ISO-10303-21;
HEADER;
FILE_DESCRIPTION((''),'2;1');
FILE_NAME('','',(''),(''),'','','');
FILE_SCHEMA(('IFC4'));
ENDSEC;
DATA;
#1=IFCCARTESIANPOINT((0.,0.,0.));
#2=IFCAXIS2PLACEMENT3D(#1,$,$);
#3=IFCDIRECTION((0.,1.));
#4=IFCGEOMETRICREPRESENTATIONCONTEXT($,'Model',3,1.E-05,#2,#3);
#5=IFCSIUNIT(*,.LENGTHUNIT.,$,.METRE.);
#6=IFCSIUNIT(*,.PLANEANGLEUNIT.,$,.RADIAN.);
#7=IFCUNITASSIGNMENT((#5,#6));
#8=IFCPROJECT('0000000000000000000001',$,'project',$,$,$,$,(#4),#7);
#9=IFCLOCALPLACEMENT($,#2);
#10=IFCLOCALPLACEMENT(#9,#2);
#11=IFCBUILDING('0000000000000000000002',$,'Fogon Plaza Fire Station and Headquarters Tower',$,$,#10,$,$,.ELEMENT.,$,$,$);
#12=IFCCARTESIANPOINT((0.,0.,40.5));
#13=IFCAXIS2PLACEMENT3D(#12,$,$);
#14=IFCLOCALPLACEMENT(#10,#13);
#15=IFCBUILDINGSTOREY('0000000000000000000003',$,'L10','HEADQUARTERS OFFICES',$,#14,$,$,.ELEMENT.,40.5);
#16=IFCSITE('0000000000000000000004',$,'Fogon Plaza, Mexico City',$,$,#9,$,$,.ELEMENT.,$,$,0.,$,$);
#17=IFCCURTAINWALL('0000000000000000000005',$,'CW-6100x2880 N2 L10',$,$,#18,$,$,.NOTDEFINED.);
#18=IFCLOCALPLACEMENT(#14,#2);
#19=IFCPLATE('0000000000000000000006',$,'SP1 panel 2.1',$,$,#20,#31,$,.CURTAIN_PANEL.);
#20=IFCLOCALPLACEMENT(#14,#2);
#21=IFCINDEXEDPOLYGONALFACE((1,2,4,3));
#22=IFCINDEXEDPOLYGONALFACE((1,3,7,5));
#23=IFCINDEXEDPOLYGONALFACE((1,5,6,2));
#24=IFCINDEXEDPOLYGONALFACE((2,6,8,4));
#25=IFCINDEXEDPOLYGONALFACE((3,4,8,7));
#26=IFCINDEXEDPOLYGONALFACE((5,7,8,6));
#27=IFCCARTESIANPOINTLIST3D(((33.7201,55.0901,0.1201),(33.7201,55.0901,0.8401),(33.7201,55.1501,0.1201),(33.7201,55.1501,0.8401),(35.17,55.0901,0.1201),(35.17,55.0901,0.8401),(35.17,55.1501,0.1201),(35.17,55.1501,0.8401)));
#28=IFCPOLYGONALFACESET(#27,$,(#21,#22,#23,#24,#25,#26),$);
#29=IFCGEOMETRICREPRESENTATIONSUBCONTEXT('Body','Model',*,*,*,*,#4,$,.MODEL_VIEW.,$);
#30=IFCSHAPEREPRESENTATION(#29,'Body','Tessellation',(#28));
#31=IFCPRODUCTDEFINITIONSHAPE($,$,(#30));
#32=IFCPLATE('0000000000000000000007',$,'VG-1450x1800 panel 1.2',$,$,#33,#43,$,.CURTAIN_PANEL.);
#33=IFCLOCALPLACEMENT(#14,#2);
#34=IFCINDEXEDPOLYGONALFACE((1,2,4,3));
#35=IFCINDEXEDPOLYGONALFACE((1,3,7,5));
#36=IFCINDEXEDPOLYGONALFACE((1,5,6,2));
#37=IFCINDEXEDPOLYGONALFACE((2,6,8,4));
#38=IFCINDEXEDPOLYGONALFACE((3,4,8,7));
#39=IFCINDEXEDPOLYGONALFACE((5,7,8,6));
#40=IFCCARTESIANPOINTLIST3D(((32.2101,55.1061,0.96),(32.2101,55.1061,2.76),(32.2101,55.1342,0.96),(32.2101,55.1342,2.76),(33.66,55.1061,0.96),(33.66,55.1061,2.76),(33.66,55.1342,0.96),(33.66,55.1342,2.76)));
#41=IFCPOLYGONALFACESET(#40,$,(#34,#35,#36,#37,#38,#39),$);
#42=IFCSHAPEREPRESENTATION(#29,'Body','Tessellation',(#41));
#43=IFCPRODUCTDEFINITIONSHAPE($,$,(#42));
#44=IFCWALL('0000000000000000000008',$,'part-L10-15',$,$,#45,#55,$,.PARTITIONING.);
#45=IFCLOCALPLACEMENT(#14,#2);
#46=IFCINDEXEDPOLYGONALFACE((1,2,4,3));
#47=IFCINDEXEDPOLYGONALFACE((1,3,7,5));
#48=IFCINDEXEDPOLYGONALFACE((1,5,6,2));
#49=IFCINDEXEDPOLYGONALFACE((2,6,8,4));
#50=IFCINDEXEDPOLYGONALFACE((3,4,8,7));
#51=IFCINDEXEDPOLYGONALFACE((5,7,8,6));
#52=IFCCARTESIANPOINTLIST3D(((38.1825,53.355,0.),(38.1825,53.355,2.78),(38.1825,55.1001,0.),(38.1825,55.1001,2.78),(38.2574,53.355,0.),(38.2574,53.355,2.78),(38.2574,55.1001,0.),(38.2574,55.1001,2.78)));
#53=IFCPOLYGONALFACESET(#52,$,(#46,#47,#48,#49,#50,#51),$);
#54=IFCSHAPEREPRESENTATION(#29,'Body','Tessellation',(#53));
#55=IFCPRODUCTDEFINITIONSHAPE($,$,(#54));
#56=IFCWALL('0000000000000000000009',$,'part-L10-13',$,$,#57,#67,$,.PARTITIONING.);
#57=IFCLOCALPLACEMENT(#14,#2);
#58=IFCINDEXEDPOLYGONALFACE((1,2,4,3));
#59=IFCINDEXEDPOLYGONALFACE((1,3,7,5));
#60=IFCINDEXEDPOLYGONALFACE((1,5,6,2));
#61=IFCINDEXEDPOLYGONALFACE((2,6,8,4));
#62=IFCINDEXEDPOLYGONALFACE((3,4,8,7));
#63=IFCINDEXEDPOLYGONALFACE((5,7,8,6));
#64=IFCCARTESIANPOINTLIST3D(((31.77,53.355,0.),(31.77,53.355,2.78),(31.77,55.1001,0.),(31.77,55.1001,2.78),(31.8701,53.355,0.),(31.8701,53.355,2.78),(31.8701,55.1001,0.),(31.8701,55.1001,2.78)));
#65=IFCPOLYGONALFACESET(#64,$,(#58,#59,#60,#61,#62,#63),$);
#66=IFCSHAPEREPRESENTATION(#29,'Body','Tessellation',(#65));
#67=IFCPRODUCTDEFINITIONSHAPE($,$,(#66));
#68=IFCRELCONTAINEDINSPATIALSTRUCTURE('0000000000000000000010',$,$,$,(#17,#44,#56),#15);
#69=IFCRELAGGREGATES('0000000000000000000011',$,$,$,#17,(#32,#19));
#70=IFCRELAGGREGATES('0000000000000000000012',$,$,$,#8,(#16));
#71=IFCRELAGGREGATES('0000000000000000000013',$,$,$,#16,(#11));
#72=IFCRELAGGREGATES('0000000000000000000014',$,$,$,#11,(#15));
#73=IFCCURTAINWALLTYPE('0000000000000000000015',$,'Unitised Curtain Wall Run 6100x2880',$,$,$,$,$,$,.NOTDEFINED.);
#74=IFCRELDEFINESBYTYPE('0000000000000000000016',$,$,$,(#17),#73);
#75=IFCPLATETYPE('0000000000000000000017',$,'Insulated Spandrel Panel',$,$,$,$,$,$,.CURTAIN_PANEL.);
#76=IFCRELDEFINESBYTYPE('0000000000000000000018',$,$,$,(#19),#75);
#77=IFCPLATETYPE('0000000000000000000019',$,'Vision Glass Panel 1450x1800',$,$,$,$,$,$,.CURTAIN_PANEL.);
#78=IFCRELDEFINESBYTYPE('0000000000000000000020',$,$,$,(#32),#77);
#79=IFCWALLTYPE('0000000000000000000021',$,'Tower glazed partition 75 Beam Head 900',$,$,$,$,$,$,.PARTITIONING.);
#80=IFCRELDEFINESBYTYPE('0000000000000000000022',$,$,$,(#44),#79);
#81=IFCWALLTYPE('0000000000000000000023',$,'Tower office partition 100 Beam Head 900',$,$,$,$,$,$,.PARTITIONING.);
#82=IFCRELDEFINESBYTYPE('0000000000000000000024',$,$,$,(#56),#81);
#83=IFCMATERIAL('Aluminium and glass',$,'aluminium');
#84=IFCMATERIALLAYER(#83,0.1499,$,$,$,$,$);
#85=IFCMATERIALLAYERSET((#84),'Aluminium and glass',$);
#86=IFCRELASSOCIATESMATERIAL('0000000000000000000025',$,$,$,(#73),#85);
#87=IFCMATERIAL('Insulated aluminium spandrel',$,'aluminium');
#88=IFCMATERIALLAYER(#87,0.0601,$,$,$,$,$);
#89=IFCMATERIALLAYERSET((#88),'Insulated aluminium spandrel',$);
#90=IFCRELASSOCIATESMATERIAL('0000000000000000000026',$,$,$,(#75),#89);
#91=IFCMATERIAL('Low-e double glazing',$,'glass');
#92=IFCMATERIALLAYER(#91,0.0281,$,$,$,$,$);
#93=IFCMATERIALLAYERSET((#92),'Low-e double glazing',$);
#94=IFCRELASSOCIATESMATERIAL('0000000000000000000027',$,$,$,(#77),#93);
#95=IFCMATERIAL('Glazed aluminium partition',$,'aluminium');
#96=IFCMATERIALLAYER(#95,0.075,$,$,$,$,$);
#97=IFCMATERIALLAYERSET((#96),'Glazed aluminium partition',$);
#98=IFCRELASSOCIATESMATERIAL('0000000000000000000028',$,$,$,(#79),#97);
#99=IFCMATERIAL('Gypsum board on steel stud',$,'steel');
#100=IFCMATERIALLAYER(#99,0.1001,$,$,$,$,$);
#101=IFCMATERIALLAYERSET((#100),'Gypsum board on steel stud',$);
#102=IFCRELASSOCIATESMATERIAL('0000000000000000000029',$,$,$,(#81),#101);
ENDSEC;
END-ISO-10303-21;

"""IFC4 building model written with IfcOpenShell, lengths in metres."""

from ifc_helpers import new_model, si_unit, direction, frame, frame_2d, origin, origin_2d, place, context, subcontext, project, spatial, rectangle, extrude, material, layer, layer_set, type_object, element, aggregate, save


model = new_model("IFC4")

# Units and contexts
model_context = context("Model", 3, precision=1e-05, world=origin(), true_north=direction((0.0, 1.0)))
body_context = subcontext(model_context, "Body", "Model", "MODEL_VIEW")
ifc_project = project(units=[si_unit("LENGTHUNIT", "METRE"), si_unit("PLANEANGLEUNIT", "RADIAN")], contexts=[model_context])

# Site, building, storey
site_placement = place(None, origin())
site = spatial("IfcSite", under=ifc_project, at=site_placement, Name="Fogon Plaza, Mexico City", CompositionType="ELEMENT", RefElevation=0.0)
building_placement = place(site_placement, origin())
building = spatial("IfcBuilding", under=site, at=building_placement, Name="Fogon Plaza Fire Station and Headquarters Tower", CompositionType="ELEMENT")
storey_placement = place(building_placement, frame((0.0, 0.0, 40.5)))
storey = spatial("IfcBuildingStorey", under=building, at=storey_placement, Name="L10", Description="HEADQUARTERS OFFICES", CompositionType="ELEMENT", Elevation=40.5)

# Shared definitions
ifc_material_1 = material(Name="Aluminium and glass", Category="aluminium")
ifc_layer_1 = layer(ifc_material_1, 0.1499)
ifc_layer_set_1 = layer_set([ifc_layer_1], Name="Aluminium and glass")
curtain_wall_type = type_object("IfcCurtainWallType", Name="Unitised Curtain Wall Run 6100x2880", PredefinedType="NOTDEFINED", material=ifc_layer_set_1)

# Curtain wall
curtain_wall_1_placement = place(storey_placement, origin())
curtain_wall_1 = element("IfcCurtainWall", 1, at=curtain_wall_1_placement, inside=storey, type_object=curtain_wall_type, Name="CW-6100x2880 N2 L10", PredefinedType="NOTDEFINED")

# Plates
ifc_material_2 = material(Name="Insulated aluminium spandrel", Category="aluminium")
ifc_layer_2 = layer(ifc_material_2, 0.0601)
ifc_layer_set_2 = layer_set([ifc_layer_2], Name="Insulated aluminium spandrel")
plate_type_1 = type_object("IfcPlateType", Name="Insulated Spandrel Panel", PredefinedType="CURTAIN_PANEL", material=ifc_layer_set_2)
plate_1_placement = place(storey_placement, frame((34.4451, 55.1201, 0.1201), z_axis=(0.0, 0.0, 1.0), x_axis=(1.0, 0.0, 0.0)))
plate_1 = element("IfcPlate", 2, at=plate_1_placement, type_object=plate_type_1, Name="SP1 panel 2.1", PredefinedType="CURTAIN_PANEL", context=body_context, shape_type="SweptSolid", body=[
    extrude(rectangle(XDim=1.45, YDim=0.0601, at=origin_2d()), origin(), (0.0, 0.0, 1.0), 0.72),
])
ifc_material_3 = material(Name="Low-e double glazing", Category="glass")
ifc_layer_3 = layer(ifc_material_3, 0.0281)
ifc_layer_set_3 = layer_set([ifc_layer_3], Name="Low-e double glazing")
plate_type_2 = type_object("IfcPlateType", Name="Vision Glass Panel 1450x1800", PredefinedType="CURTAIN_PANEL", material=ifc_layer_set_3)
plate_2_placement = place(storey_placement, frame((32.9351, 55.1201, 0.96), z_axis=(0.0, 0.0, 1.0), x_axis=(1.0, 0.0, 0.0)))
plate_2 = element("IfcPlate", 3, at=plate_2_placement, type_object=plate_type_2, Name="VG-1450x1800 panel 1.2", PredefinedType="CURTAIN_PANEL", context=body_context, shape_type="SweptSolid", body=[
    extrude(rectangle(XDim=1.45, YDim=0.0281, at=origin_2d()), origin(), (0.0, 0.0, 1.0), 1.8),
])
aggregate(curtain_wall_1, [plate_2, plate_1])

# Walls
ifc_material_4 = material(Name="Glazed aluminium partition", Category="aluminium")
ifc_layer_4 = layer(ifc_material_4, 0.075)
ifc_layer_set_4 = layer_set([ifc_layer_4], Name="Glazed aluminium partition")
wall_type_1 = type_object("IfcWallType", Name="Tower glazed partition 75 Beam Head 900", PredefinedType="PARTITIONING", material=ifc_layer_set_4)
wall_1_placement = place(storey_placement, frame((38.22, 53.355, 0.0), z_axis=(0.0, 0.0, 1.0), x_axis=(0.0, 1.0, 0.0)))
element("IfcWall", 4, at=wall_1_placement, inside=storey, type_object=wall_type_1, Name="part-L10-15", PredefinedType="PARTITIONING", context=body_context, shape_type="SweptSolid", body=[
    extrude(rectangle(XDim=1.7451, YDim=0.075, at=frame_2d((0.8726, 0.0))), origin(), (0.0, 0.0, 1.0), 2.78),
])
ifc_material_5 = material(Name="Gypsum board on steel stud", Category="steel")
ifc_layer_5 = layer(ifc_material_5, 0.1001)
ifc_layer_set_5 = layer_set([ifc_layer_5], Name="Gypsum board on steel stud")
wall_type_2 = type_object("IfcWallType", Name="Tower office partition 100 Beam Head 900", PredefinedType="PARTITIONING", material=ifc_layer_set_5)
wall_2_placement = place(storey_placement, frame((31.8201, 53.355, 0.0), z_axis=(0.0, 0.0, 1.0), x_axis=(0.0, 1.0, 0.0)))
element("IfcWall", 5, at=wall_2_placement, inside=storey, type_object=wall_type_2, Name="part-L10-13", PredefinedType="PARTITIONING", context=body_context, shape_type="SweptSolid", body=[
    extrude(rectangle(XDim=1.7451, YDim=0.1001, at=frame_2d((0.8726, 0.0))), origin(), (0.0, 0.0, 1.0), 2.78),
])

save(model, "model.ifc")
